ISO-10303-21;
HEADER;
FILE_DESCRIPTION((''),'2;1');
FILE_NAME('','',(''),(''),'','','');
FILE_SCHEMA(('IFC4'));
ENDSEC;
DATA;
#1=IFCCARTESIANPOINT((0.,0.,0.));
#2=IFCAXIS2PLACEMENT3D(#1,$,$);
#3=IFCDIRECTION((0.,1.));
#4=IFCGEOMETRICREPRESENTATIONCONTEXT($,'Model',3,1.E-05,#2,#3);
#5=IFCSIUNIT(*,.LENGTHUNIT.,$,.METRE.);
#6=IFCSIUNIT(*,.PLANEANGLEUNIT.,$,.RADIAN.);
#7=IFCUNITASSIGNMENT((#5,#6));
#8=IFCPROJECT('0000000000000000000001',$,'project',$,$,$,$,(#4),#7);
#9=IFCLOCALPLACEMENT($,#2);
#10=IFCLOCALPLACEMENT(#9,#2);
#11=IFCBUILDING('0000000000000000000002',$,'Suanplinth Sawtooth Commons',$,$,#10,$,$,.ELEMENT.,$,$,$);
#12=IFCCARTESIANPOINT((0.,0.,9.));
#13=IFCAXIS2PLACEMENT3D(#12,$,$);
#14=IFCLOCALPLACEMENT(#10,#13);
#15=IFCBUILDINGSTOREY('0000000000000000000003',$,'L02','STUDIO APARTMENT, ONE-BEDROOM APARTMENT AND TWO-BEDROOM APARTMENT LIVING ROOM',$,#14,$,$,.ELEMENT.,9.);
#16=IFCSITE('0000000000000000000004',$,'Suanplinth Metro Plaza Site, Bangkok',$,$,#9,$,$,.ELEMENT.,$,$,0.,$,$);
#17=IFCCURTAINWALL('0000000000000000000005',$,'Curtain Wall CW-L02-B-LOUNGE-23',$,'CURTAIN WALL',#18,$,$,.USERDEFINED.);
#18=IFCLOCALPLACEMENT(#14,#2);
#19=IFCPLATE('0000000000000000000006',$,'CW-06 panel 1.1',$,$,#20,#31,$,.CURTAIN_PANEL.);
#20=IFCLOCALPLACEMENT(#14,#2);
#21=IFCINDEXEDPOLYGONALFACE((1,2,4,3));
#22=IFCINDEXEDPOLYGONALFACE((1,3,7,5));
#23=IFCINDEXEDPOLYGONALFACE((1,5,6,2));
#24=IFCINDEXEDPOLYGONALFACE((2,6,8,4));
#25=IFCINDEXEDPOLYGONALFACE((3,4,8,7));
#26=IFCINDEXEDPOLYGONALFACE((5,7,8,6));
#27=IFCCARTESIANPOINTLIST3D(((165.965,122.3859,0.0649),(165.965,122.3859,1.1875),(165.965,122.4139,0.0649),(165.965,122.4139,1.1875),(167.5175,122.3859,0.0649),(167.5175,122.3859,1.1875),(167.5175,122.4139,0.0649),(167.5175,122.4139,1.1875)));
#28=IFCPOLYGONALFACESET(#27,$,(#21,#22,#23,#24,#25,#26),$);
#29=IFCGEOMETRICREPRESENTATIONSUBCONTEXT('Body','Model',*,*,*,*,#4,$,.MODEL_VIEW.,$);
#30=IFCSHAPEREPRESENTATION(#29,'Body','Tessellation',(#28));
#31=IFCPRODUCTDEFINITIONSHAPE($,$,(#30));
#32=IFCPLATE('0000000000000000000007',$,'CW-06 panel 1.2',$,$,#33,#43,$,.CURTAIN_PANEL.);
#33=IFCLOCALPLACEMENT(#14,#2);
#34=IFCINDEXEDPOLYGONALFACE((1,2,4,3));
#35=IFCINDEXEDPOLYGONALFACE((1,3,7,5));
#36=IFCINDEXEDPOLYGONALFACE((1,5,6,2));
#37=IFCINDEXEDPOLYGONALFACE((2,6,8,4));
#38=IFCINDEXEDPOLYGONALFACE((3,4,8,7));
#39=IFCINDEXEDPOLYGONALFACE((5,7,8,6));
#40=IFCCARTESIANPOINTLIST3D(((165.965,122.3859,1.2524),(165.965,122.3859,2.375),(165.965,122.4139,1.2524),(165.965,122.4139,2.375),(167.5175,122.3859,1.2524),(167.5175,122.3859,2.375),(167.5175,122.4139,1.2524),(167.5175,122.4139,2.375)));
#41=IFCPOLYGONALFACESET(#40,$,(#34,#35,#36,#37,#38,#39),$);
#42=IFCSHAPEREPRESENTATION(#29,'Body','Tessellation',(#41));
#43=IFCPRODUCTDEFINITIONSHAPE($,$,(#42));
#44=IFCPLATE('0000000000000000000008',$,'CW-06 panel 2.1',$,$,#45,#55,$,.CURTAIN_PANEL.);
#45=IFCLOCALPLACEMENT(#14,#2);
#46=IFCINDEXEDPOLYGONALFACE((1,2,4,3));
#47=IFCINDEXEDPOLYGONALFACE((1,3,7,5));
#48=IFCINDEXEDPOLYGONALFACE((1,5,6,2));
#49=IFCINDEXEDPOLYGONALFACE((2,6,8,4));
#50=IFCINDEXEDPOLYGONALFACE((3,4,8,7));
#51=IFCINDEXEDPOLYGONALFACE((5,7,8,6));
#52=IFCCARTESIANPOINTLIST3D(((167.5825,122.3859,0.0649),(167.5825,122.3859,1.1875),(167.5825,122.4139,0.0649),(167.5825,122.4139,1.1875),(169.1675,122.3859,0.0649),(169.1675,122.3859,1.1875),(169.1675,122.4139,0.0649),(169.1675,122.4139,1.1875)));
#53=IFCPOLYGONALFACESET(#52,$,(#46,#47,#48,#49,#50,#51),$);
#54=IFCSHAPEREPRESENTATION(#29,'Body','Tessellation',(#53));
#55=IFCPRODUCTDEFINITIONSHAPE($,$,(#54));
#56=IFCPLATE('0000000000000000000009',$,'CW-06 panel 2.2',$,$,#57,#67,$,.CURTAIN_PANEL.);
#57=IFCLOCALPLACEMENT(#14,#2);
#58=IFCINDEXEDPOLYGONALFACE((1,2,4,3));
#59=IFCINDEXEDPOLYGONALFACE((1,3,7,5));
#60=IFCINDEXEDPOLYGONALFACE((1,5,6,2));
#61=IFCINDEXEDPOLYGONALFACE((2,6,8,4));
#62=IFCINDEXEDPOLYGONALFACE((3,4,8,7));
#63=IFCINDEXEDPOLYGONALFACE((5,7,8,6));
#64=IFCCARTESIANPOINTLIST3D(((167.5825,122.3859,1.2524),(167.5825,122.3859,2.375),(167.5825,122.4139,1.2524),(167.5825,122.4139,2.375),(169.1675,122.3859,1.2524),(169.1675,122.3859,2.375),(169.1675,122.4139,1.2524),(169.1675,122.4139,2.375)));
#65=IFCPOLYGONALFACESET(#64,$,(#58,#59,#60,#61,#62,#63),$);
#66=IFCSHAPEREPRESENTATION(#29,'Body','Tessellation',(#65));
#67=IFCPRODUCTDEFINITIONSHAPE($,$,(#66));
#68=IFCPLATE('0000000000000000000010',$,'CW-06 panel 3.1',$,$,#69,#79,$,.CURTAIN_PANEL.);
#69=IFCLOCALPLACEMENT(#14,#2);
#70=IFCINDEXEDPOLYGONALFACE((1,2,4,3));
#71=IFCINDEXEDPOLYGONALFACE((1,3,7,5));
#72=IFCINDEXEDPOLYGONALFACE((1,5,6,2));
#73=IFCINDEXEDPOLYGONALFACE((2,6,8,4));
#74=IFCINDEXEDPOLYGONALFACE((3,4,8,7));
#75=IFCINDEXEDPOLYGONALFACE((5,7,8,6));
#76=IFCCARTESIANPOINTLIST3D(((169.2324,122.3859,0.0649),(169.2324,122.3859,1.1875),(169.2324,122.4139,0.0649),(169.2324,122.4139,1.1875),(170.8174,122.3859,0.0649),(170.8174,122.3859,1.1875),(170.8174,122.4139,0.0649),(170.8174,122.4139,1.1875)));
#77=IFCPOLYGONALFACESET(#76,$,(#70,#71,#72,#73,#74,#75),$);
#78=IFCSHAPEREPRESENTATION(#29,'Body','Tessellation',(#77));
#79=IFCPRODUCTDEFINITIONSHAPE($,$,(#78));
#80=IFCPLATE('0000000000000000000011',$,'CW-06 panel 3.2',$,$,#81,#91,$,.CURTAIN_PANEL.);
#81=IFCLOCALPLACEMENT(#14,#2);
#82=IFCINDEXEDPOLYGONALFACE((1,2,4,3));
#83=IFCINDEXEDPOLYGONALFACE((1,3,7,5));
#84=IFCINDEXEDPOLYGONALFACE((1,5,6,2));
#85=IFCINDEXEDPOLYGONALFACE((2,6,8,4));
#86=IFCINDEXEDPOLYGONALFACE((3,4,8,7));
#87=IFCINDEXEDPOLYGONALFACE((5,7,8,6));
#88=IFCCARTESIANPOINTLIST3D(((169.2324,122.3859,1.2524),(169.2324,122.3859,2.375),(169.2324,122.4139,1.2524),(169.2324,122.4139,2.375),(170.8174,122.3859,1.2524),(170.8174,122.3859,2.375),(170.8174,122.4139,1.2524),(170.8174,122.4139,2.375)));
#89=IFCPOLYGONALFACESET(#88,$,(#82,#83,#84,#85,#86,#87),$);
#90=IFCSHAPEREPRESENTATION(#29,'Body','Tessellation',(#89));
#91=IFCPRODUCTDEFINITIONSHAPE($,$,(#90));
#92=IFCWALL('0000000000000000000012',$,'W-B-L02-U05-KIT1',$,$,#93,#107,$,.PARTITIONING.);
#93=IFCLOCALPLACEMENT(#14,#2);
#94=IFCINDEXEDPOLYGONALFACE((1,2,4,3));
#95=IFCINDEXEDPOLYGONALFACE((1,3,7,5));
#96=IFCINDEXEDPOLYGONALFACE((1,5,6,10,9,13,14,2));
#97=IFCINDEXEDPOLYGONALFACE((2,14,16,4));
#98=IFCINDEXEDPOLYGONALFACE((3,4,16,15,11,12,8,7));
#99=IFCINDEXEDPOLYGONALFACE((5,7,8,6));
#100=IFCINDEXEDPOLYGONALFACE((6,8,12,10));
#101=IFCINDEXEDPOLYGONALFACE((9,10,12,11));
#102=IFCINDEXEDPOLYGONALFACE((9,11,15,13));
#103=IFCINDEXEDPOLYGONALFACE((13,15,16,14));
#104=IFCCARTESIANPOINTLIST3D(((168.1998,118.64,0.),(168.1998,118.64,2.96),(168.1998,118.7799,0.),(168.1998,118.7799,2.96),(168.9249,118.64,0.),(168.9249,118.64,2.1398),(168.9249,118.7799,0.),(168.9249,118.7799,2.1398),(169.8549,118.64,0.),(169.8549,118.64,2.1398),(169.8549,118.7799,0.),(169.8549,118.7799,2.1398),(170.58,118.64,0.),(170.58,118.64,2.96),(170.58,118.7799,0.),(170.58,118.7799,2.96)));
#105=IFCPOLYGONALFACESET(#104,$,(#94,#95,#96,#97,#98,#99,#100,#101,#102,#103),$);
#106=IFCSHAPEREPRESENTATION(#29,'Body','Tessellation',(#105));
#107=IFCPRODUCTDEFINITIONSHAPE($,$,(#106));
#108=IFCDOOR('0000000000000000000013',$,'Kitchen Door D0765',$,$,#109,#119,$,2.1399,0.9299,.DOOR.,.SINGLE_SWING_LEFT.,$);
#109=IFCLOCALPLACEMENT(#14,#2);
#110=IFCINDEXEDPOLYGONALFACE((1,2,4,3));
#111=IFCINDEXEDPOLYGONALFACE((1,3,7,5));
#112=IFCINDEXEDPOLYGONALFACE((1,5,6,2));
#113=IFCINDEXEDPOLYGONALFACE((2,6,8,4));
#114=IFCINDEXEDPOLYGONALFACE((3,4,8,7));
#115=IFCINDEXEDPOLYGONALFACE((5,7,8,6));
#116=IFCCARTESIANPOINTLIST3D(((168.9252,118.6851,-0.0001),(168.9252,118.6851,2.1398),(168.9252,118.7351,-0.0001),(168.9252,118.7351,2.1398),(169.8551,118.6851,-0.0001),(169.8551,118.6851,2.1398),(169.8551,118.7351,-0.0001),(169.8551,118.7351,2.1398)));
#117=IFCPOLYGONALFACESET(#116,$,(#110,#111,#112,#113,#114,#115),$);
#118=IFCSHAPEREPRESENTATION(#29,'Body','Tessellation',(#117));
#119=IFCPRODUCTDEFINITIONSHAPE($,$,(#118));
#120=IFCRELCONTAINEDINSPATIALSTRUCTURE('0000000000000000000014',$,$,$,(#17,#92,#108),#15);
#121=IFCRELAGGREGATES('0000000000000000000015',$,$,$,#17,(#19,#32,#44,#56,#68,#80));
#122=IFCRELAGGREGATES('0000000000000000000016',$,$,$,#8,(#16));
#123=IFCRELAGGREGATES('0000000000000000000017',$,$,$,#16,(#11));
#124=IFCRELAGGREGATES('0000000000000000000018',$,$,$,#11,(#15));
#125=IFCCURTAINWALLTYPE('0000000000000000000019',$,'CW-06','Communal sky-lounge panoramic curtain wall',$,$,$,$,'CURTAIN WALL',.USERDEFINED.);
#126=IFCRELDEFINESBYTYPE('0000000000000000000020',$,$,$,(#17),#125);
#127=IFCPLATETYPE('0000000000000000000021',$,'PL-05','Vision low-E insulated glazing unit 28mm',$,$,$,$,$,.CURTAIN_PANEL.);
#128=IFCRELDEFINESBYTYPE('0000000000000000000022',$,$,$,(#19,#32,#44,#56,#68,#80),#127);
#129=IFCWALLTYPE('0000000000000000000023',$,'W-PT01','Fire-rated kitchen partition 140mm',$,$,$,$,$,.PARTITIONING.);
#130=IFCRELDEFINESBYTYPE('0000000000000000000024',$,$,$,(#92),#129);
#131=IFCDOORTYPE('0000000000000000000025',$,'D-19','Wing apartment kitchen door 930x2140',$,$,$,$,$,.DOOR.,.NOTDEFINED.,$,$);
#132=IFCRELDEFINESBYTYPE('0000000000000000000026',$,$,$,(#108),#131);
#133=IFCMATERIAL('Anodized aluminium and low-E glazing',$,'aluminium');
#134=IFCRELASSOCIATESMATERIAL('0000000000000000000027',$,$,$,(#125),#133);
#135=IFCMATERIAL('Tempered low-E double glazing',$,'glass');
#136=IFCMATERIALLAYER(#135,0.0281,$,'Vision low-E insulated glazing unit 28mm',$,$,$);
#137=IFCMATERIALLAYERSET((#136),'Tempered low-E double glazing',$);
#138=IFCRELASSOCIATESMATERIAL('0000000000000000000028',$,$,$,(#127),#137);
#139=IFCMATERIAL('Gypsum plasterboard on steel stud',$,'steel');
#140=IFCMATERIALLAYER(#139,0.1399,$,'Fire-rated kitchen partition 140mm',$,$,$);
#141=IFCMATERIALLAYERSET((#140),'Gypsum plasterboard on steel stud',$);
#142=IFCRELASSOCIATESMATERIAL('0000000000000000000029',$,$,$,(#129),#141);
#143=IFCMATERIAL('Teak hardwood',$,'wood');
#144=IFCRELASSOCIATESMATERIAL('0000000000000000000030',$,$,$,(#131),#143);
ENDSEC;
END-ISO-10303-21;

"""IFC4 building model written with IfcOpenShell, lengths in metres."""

from ifc_helpers import new_model, si_unit, direction, frame, frame_2d, origin, origin_2d, place, context, subcontext, project, spatial, rectangle, extrude, material, layer, layer_set, type_object, element, fill, aggregate, save


model = new_model("IFC4")

# Units and contexts
model_context = context("Model", 3, precision=1e-05, world=origin(), true_north=direction((0.0, 1.0)))
body_context = subcontext(model_context, "Body", "Model", "MODEL_VIEW")
ifc_project = project(units=[si_unit("LENGTHUNIT", "METRE"), si_unit("PLANEANGLEUNIT", "RADIAN")], contexts=[model_context])

# Site, building, storey
site_placement = place(None, origin())
site = spatial("IfcSite", under=ifc_project, at=site_placement, Name="Suanplinth Metro Plaza Site, Bangkok", CompositionType="ELEMENT", RefElevation=0.0)
building_placement = place(site_placement, origin())
building = spatial("IfcBuilding", under=site, at=building_placement, Name="Suanplinth Sawtooth Commons", CompositionType="ELEMENT")
storey_placement = place(building_placement, frame((0.0, 0.0, 9.0)))
storey = spatial("IfcBuildingStorey", under=building, at=storey_placement, Name="L02", Description="STUDIO APARTMENT, ONE-BEDROOM APARTMENT AND TWO-BEDROOM APARTMENT LIVING ROOM", CompositionType="ELEMENT", Elevation=9.0)

# Curtain wall
ifc_material_1 = material(Name="Anodized aluminium and low-E glazing", Category="aluminium")
curtain_wall_type = type_object("IfcCurtainWallType", Name="CW-06", Description="Communal sky-lounge panoramic curtain wall", ElementType="CURTAIN WALL", PredefinedType="USERDEFINED", material=ifc_material_1)
curtain_wall_placement = place(storey_placement, origin())
curtain_wall = element("IfcCurtainWall", 1, at=curtain_wall_placement, inside=storey, type_object=curtain_wall_type, Name="Curtain Wall CW-L02-B-LOUNGE-23", ObjectType="CURTAIN WALL", PredefinedType="USERDEFINED")

# Plates
ifc_material_2 = material(Name="Tempered low-E double glazing", Category="glass")
ifc_layer_1 = layer(ifc_material_2, 0.0281, Name="Vision low-E insulated glazing unit 28mm")
ifc_layer_set_1 = layer_set([ifc_layer_1], Name="Tempered low-E double glazing")
plate_type_1 = type_object("IfcPlateType", Name="PL-05", Description="Vision low-E insulated glazing unit 28mm", PredefinedType="CURTAIN_PANEL", material=ifc_layer_set_1)
plate_1_placement = place(storey_placement, frame((166.7412, 122.3999, 0.0649), z_axis=(0.0, 0.0, 1.0), x_axis=(1.0, 0.0, 0.0)))
plate_1 = element("IfcPlate", 2, at=plate_1_placement, type_object=plate_type_1, Name="CW-06 panel 1.1", PredefinedType="CURTAIN_PANEL", context=body_context, shape_type="SweptSolid", body=[
    extrude(rectangle(XDim=1.5525, YDim=0.0281, at=origin_2d()), origin(), (0.0, 0.0, 1.0), 1.1226),
])
plate_2_placement = place(storey_placement, frame((166.7412, 122.3999, 1.2524), z_axis=(0.0, 0.0, 1.0), x_axis=(1.0, 0.0, 0.0)))
plate_2 = element("IfcPlate", 3, at=plate_2_placement, type_object=plate_type_1, Name="CW-06 panel 1.2", PredefinedType="CURTAIN_PANEL", context=body_context, shape_type="SweptSolid", body=[
    extrude(rectangle(XDim=1.5525, YDim=0.0281, at=origin_2d()), origin(), (0.0, 0.0, 1.0), 1.1226),
])
plate_3_placement = place(storey_placement, frame((168.375, 122.3999, 0.0649), z_axis=(0.0, 0.0, 1.0), x_axis=(1.0, 0.0, 0.0)))
plate_3 = element("IfcPlate", 4, at=plate_3_placement, type_object=plate_type_1, Name="CW-06 panel 2.1", PredefinedType="CURTAIN_PANEL", context=body_context, shape_type="SweptSolid", body=[
    extrude(rectangle(XDim=1.585, YDim=0.0281, at=origin_2d()), origin(), (0.0, 0.0, 1.0), 1.1226),
])
plate_4_placement = place(storey_placement, frame((168.375, 122.3999, 1.2524), z_axis=(0.0, 0.0, 1.0), x_axis=(1.0, 0.0, 0.0)))
plate_4 = element("IfcPlate", 5, at=plate_4_placement, type_object=plate_type_1, Name="CW-06 panel 2.2", PredefinedType="CURTAIN_PANEL", context=body_context, shape_type="SweptSolid", body=[
    extrude(rectangle(XDim=1.585, YDim=0.0281, at=origin_2d()), origin(), (0.0, 0.0, 1.0), 1.1226),
])
plate_5_placement = place(storey_placement, frame((170.0249, 122.3999, 0.0649), z_axis=(0.0, 0.0, 1.0), x_axis=(1.0, 0.0, 0.0)))
plate_5 = element("IfcPlate", 6, at=plate_5_placement, type_object=plate_type_1, Name="CW-06 panel 3.1", PredefinedType="CURTAIN_PANEL", context=body_context, shape_type="SweptSolid", body=[
    extrude(rectangle(XDim=1.585, YDim=0.0281, at=origin_2d()), origin(), (0.0, 0.0, 1.0), 1.1226),
])
plate_6_placement = place(storey_placement, frame((170.0249, 122.3999, 1.2524), z_axis=(0.0, 0.0, 1.0), x_axis=(1.0, 0.0, 0.0)))
plate_6 = element("IfcPlate", 7, at=plate_6_placement, type_object=plate_type_1, Name="CW-06 panel 3.2", PredefinedType="CURTAIN_PANEL", context=body_context, shape_type="SweptSolid", body=[
    extrude(rectangle(XDim=1.585, YDim=0.0281, at=origin_2d()), origin(), (0.0, 0.0, 1.0), 1.1226),
])
aggregate(curtain_wall, [plate_1, plate_2, plate_3, plate_4, plate_5, plate_6])

# Wall, opening, door
ifc_material_3 = material(Name="Gypsum plasterboard on steel stud", Category="steel")
ifc_layer_2 = layer(ifc_material_3, 0.1399, Name="Fire-rated kitchen partition 140mm")
ifc_layer_set_2 = layer_set([ifc_layer_2], Name="Gypsum plasterboard on steel stud")
wall_type = type_object("IfcWallType", Name="W-PT01", Description="Fire-rated kitchen partition 140mm", PredefinedType="PARTITIONING", material=ifc_layer_set_2)
wall_placement = place(storey_placement, frame((168.2, 118.71, 0.0), z_axis=(0.0, 0.0, 1.0), x_axis=(1.0, 0.0, 0.0)))
wall = element("IfcWall", 8, at=wall_placement, inside=storey, type_object=wall_type, Name="W-B-L02-U05-KIT1", PredefinedType="PARTITIONING", context=body_context, shape_type="SweptSolid", body=[
    extrude(rectangle(XDim=2.3801, YDim=0.1399, at=frame_2d((1.1899, 0.0))), origin(), (0.0, 0.0, 1.0), 2.96),
])
opening_placement = place(wall_placement, frame((0.7251, 0.0, 0.0)))
opening = element("IfcOpeningElement", 9, at=opening_placement, cuts=wall, PredefinedType="OPENING", context=body_context, shape_type="SweptSolid", body=[
    extrude(rectangle(XDim=0.9299, YDim=2.1399, at=frame_2d((0.4648, 1.0698))), frame((0.0, 0.085, 0.0), z_axis=(0.0, -1.0, 0.0), x_axis=(1.0, 0.0, 0.0)), (0.0, 0.0, 1.0), 0.1697),
])
ifc_material_4 = material(Name="Teak hardwood", Category="wood")
door_type = type_object("IfcDoorType", Name="D-19", Description="Wing apartment kitchen door 930x2140", OperationType="NOTDEFINED", PredefinedType="DOOR", material=ifc_material_4)
door_placement = place(opening_placement, frame((0.9299, 0.0, 0.0), z_axis=(0.0, 0.0, 1.0), x_axis=(-1.0, 0.0, 0.0)))
door = element("IfcDoor", 10, at=door_placement, inside=storey, type_object=door_type, Name="Kitchen Door D0765", OperationType="SINGLE_SWING_LEFT", OverallHeight=2.1399, OverallWidth=0.9299, PredefinedType="DOOR", context=body_context, shape_type="SweptSolid", body=[
    extrude(rectangle(XDim=0.9299, YDim=2.1399, at=frame_2d((0.4648, 1.0698))), frame((0.0, 0.0249, 0.0), z_axis=(0.0, -1.0, 0.0), x_axis=(1.0, 0.0, 0.0)), (0.0, 0.0, 1.0), 0.05),
])
fill(opening, door)

save(model, "model.ifc")
